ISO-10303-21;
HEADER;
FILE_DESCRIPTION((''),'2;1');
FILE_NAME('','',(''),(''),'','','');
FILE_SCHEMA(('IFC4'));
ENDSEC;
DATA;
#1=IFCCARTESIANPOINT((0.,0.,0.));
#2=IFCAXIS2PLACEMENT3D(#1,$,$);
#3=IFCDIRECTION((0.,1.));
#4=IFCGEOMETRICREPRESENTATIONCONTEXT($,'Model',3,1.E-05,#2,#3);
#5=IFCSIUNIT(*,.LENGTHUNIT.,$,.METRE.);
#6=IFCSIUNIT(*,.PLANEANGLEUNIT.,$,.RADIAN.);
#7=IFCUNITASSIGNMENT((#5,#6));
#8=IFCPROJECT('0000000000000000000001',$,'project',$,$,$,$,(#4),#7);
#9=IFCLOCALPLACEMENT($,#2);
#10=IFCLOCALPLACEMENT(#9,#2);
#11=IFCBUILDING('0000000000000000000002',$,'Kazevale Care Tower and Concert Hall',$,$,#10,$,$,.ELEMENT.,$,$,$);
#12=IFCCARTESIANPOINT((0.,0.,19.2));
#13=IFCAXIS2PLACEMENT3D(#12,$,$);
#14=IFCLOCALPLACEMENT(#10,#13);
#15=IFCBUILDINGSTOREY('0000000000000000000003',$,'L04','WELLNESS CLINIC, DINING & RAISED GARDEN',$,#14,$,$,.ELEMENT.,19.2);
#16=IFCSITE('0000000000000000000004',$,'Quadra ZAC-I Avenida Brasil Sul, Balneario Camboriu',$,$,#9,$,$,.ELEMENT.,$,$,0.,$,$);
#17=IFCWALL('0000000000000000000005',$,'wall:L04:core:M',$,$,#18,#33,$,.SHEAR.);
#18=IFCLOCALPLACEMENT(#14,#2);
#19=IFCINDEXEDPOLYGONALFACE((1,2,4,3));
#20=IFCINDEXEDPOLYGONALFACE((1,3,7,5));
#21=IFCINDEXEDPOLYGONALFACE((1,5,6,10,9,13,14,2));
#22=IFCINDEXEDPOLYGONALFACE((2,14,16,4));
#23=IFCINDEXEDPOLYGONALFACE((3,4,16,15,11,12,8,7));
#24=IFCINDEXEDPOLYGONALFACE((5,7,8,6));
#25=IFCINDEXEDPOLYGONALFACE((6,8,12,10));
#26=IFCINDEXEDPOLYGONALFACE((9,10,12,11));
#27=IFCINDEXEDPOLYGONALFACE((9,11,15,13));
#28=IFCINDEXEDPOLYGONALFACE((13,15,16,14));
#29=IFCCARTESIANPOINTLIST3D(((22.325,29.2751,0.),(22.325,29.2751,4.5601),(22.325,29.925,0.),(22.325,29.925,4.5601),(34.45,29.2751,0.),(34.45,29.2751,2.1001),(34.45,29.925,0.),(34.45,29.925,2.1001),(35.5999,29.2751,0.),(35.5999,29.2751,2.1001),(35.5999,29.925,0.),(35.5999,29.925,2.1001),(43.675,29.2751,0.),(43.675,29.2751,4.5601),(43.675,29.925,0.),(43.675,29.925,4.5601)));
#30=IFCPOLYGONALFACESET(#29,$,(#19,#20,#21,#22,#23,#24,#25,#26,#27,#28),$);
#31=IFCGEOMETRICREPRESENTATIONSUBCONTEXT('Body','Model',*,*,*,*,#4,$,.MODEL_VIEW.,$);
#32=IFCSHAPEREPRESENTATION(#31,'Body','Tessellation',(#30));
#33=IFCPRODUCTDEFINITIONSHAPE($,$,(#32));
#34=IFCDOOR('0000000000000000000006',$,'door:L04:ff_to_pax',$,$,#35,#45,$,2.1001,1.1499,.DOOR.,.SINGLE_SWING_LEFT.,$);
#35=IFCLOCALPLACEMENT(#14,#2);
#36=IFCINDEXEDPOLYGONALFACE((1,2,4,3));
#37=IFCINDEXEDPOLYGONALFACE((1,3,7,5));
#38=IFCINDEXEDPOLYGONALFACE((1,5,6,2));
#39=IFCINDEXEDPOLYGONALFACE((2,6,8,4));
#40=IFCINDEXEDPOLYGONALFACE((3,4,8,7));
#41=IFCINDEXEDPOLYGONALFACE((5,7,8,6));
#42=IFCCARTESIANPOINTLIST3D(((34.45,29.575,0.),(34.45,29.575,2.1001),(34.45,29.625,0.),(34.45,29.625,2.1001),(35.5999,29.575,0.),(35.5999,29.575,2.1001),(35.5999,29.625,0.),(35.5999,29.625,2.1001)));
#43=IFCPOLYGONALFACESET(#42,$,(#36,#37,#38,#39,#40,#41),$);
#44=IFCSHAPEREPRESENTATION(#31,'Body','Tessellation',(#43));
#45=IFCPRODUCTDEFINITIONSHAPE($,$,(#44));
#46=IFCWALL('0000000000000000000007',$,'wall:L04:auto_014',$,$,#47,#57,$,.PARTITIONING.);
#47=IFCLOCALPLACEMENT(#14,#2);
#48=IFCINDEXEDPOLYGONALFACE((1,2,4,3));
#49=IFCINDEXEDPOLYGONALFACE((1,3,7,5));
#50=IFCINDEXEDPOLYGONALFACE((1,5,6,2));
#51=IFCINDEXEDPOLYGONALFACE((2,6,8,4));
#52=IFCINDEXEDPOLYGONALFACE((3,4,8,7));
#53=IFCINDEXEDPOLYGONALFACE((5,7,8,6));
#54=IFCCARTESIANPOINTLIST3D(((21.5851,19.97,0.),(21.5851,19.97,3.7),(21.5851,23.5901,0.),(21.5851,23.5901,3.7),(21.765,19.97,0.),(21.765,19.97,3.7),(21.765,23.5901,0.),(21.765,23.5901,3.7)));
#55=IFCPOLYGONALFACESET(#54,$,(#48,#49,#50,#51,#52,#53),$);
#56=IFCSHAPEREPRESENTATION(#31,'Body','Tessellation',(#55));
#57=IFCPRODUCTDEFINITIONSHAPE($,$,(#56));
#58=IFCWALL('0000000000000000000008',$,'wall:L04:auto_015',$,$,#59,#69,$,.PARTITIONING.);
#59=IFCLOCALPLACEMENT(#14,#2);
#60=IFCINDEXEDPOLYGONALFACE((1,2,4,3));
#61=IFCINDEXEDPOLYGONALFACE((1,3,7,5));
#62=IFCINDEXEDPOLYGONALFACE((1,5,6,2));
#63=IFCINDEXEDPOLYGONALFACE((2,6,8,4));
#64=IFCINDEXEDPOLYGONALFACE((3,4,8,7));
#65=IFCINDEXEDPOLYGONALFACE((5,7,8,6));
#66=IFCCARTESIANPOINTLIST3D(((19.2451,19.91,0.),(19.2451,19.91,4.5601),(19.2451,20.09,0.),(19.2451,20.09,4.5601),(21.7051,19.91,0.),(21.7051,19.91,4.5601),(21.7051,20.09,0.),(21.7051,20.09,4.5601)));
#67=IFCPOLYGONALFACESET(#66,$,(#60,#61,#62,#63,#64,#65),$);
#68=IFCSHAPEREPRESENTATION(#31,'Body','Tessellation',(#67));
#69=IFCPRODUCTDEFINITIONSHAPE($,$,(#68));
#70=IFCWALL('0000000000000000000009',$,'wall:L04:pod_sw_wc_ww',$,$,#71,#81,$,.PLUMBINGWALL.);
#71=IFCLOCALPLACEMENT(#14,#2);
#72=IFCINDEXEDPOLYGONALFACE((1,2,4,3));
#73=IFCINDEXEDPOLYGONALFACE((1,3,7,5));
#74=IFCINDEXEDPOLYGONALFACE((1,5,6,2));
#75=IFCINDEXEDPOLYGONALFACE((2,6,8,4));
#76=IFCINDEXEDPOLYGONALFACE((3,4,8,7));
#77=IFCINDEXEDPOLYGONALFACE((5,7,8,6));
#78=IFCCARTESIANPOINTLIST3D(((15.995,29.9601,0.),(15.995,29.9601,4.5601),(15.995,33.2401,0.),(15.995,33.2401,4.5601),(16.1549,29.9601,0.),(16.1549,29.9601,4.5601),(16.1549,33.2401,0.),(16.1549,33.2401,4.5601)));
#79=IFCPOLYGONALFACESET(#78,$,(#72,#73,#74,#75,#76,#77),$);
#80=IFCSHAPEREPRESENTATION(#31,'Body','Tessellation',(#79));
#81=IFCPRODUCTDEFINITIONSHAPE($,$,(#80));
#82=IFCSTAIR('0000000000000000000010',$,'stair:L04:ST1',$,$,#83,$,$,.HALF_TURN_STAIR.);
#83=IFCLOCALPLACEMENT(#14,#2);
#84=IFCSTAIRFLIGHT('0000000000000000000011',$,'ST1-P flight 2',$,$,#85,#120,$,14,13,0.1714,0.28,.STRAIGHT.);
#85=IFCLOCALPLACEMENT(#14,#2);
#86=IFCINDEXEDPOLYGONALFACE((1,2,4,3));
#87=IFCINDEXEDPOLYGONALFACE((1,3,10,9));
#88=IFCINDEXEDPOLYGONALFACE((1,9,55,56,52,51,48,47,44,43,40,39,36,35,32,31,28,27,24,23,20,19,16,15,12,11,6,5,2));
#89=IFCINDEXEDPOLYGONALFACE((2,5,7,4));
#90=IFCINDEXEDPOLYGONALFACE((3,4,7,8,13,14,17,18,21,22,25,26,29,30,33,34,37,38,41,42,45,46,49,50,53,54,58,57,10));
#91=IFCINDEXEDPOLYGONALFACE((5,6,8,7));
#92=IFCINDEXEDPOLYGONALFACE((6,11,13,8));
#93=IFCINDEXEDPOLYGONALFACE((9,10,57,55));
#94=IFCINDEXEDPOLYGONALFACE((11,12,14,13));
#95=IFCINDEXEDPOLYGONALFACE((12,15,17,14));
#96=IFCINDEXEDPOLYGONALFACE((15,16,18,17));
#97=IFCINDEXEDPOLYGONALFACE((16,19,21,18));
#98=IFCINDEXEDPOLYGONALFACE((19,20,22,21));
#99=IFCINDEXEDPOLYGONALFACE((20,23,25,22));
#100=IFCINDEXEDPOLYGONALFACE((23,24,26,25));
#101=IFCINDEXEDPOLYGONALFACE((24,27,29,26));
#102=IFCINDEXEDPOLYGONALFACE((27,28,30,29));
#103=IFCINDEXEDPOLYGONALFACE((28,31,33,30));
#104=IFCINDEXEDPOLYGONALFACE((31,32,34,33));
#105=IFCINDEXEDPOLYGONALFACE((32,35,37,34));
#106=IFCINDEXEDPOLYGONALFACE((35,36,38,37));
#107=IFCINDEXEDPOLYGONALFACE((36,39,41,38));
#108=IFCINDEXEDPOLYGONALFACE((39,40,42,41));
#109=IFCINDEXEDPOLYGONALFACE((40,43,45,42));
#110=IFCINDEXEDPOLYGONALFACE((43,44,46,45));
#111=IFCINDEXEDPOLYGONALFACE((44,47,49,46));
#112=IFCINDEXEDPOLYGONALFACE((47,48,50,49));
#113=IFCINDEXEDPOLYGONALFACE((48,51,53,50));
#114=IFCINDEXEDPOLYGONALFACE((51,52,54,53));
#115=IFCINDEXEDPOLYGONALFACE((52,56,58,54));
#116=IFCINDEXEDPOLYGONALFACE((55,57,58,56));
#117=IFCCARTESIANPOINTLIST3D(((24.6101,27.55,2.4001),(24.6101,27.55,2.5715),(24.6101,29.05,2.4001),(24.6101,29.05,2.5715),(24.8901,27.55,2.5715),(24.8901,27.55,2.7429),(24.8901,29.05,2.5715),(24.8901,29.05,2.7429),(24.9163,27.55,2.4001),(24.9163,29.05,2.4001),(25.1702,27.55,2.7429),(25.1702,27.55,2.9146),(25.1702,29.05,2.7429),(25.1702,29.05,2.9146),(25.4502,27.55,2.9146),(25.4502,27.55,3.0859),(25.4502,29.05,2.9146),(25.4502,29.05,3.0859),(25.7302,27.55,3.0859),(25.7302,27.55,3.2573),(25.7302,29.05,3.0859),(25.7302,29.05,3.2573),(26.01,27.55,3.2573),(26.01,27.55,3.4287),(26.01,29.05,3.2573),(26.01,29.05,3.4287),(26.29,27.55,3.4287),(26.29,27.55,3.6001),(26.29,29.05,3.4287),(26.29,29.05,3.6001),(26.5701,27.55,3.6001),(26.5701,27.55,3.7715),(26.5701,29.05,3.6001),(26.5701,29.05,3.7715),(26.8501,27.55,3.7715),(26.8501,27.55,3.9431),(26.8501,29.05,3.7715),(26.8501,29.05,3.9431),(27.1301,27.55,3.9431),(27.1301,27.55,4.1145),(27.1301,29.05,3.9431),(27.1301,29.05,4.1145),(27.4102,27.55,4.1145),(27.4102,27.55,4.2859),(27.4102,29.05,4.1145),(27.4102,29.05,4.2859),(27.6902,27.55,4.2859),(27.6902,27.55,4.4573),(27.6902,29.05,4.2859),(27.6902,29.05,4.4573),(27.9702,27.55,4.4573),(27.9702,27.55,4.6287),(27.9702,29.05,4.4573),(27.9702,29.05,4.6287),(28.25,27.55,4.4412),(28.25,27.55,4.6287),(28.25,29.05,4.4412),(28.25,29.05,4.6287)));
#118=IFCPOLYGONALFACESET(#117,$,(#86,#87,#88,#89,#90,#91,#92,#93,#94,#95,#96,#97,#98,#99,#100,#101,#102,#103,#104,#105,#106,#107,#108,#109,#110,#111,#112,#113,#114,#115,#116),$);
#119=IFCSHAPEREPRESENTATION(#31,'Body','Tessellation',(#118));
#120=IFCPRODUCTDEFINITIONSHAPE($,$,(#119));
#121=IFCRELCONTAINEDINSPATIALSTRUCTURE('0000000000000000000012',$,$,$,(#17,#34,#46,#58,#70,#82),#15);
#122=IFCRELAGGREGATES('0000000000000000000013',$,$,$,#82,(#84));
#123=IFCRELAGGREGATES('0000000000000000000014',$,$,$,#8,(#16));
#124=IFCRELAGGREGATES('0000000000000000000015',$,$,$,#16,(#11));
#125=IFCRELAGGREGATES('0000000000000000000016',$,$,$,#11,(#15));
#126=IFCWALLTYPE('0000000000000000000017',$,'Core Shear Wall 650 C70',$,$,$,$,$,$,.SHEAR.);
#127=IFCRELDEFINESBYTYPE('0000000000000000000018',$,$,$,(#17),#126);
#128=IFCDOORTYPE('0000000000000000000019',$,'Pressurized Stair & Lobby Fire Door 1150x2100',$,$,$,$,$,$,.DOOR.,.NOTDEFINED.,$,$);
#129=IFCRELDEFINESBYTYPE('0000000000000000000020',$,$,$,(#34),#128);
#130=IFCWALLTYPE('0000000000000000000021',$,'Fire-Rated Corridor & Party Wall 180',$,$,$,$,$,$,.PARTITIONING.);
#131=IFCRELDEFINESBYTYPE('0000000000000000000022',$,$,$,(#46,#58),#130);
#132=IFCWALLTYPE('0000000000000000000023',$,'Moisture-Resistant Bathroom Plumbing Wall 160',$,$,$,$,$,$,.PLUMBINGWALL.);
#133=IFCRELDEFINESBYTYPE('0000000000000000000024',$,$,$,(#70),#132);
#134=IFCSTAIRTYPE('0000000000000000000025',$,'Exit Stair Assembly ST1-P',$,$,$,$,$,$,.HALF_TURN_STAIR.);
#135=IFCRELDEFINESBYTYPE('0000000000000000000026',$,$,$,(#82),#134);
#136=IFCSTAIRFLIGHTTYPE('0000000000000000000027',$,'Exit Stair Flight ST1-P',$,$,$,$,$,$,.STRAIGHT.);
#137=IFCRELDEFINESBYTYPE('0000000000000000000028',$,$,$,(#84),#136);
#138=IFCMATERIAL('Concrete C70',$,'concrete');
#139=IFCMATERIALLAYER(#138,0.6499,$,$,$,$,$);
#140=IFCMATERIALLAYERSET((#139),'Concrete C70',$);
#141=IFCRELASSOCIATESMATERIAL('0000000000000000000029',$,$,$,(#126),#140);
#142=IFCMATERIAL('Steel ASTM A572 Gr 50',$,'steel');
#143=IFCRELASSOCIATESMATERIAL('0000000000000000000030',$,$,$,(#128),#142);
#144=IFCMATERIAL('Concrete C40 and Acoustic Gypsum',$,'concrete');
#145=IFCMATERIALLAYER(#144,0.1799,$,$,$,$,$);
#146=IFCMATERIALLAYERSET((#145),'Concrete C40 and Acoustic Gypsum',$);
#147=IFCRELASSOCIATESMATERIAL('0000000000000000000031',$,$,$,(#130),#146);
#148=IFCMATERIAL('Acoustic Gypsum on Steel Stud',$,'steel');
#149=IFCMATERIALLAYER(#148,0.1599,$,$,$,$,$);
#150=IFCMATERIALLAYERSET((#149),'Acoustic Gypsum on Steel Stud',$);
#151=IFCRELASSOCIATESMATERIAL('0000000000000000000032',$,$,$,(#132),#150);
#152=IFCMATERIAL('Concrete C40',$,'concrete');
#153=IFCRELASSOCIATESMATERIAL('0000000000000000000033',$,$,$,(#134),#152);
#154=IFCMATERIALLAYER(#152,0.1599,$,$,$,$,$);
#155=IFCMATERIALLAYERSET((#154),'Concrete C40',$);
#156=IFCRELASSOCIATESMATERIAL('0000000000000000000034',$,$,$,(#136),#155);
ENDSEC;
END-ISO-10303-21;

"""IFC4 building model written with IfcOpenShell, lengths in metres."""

from ifc_helpers import new_model, si_unit, direction, frame, frame_2d, origin, place, context, subcontext, project, spatial, polyline, rectangle, outline, extrude, material, layer, layer_set, type_object, element, fill, aggregate, save


model = new_model("IFC4")

# Units and contexts
model_context = context("Model", 3, precision=1e-05, world=origin(), true_north=direction((0.0, 1.0)))
body_context = subcontext(model_context, "Body", "Model", "MODEL_VIEW")
ifc_project = project(units=[si_unit("LENGTHUNIT", "METRE"), si_unit("PLANEANGLEUNIT", "RADIAN")], contexts=[model_context])

# Site, building, storey
site_placement = place(None, origin())
site = spatial("IfcSite", under=ifc_project, at=site_placement, Name="Quadra ZAC-I Avenida Brasil Sul, Balneario Camboriu", CompositionType="ELEMENT", RefElevation=0.0)
building_placement = place(site_placement, origin())
building = spatial("IfcBuilding", under=site, at=building_placement, Name="Kazevale Care Tower and Concert Hall", CompositionType="ELEMENT")
storey_placement = place(building_placement, frame((0.0, 0.0, 19.2)))
storey = spatial("IfcBuildingStorey", under=building, at=storey_placement, Name="L04", Description="WELLNESS CLINIC, DINING & RAISED GARDEN", CompositionType="ELEMENT", Elevation=19.2)

# Shared definitions
ifc_material_1 = material(Name="Concrete C70", Category="concrete")

# Shared definitions
ifc_material_2 = material(Name="Steel ASTM A572 Gr 50", Category="steel")

# Shared definitions
ifc_material_3 = material(Name="Acoustic Gypsum on Steel Stud", Category="steel")

# Shared definitions
ifc_layer_1 = layer(ifc_material_1, 0.6499)
ifc_layer_set_1 = layer_set([ifc_layer_1], Name="Concrete C70")
wall_type_1 = type_object("IfcWallType", Name="Core Shear Wall 650 C70", PredefinedType="SHEAR", material=ifc_layer_set_1)

# Wall, opening, door
wall_1_placement = place(storey_placement, frame((22.325, 29.6001, 0.0), z_axis=(0.0, 0.0, 1.0), x_axis=(1.0, 0.0, 0.0)))
wall_1 = element("IfcWall", 1, at=wall_1_placement, inside=storey, type_object=wall_type_1, Name="wall:L04:core:M", PredefinedType="SHEAR", context=body_context, shape_type="SweptSolid", body=[
    extrude(rectangle(XDim=21.3501, YDim=0.6499, at=frame_2d((10.675, 0.0))), origin(), (0.0, 0.0, 1.0), 4.5601),
])
opening_1_placement = place(wall_1_placement, frame((12.125, 0.0, 0.0)))
opening_1 = element("IfcOpeningElement", 2, at=opening_1_placement, cuts=wall_1, PredefinedType="OPENING", context=body_context, shape_type="SweptSolid", body=[
    extrude(rectangle(XDim=1.1499, YDim=2.1001, at=frame_2d((0.575, 1.05))), frame((0.0, 0.335, 0.0), z_axis=(0.0, -1.0, 0.0), x_axis=(1.0, 0.0, 0.0)), (0.0, 0.0, 1.0), 0.6699),
])
door_type_1 = type_object("IfcDoorType", Name="Pressurized Stair & Lobby Fire Door 1150x2100", OperationType="NOTDEFINED", PredefinedType="DOOR", material=ifc_material_2)
door_1_placement = place(opening_1_placement, origin())
door_1 = element("IfcDoor", 3, at=door_1_placement, inside=storey, type_object=door_type_1, Name="door:L04:ff_to_pax", OperationType="SINGLE_SWING_LEFT", OverallHeight=2.1001, OverallWidth=1.1499, PredefinedType="DOOR", context=body_context, shape_type="SweptSolid", body=[
    extrude(rectangle(XDim=1.1499, YDim=2.1001, at=frame_2d((0.575, 1.05))), frame((0.0, 0.0249, 0.0), z_axis=(0.0, -1.0, 0.0), x_axis=(1.0, 0.0, 0.0)), (0.0, 0.0, 1.0), 0.05),
])
fill(opening_1, door_1)

# Walls
ifc_material_4 = material(Name="Concrete C40 and Acoustic Gypsum", Category="concrete")
ifc_layer_2 = layer(ifc_material_4, 0.1799)
ifc_layer_set_2 = layer_set([ifc_layer_2], Name="Concrete C40 and Acoustic Gypsum")
wall_type_2 = type_object("IfcWallType", Name="Fire-Rated Corridor & Party Wall 180", PredefinedType="PARTITIONING", material=ifc_layer_set_2)
wall_2_placement = place(storey_placement, frame((21.675, 23.5901, 0.0), z_axis=(0.0, 0.0, 1.0), x_axis=(0.0, -1.0, 0.0)))
element("IfcWall", 4, at=wall_2_placement, inside=storey, type_object=wall_type_2, Name="wall:L04:auto_014", PredefinedType="PARTITIONING", context=body_context, shape_type="SweptSolid", body=[
    extrude(rectangle(XDim=3.6201, YDim=0.1799, at=frame_2d((1.8101, 0.0))), origin(), (0.0, 0.0, 1.0), 3.7),
])
wall_3_placement = place(storey_placement, frame((21.7051, 20.0, 0.0), z_axis=(0.0, 0.0, 1.0), x_axis=(-1.0, 0.0, 0.0)))
element("IfcWall", 5, at=wall_3_placement, inside=storey, type_object=wall_type_2, Name="wall:L04:auto_015", PredefinedType="PARTITIONING", context=body_context, shape_type="SweptSolid", body=[
    extrude(rectangle(XDim=2.46, YDim=0.1799, at=frame_2d((1.23, 0.0))), origin(), (0.0, 0.0, 1.0), 4.5601),
])
ifc_layer_3 = layer(ifc_material_3, 0.1599)
ifc_layer_set_3 = layer_set([ifc_layer_3], Name="Acoustic Gypsum on Steel Stud")
wall_type_3 = type_object("IfcWallType", Name="Moisture-Resistant Bathroom Plumbing Wall 160", PredefinedType="PLUMBINGWALL", material=ifc_layer_set_3)
wall_4_placement = place(storey_placement, frame((16.075, 29.96, 0.0), z_axis=(0.0, 0.0, 1.0), x_axis=(0.0, 1.0, 0.0)))
element("IfcWall", 6, at=wall_4_placement, inside=storey, type_object=wall_type_3, Name="wall:L04:pod_sw_wc_ww", PredefinedType="PLUMBINGWALL", context=body_context, shape_type="SweptSolid", body=[
    extrude(rectangle(XDim=3.28, YDim=0.1599, at=frame_2d((1.6401, 0.0))), origin(), (0.0, 0.0, 1.0), 4.5601),
])

# Stair, stair flight
ifc_material_5 = material(Name="Concrete C40", Category="concrete")
stair_type = type_object("IfcStairType", Name="Exit Stair Assembly ST1-P", PredefinedType="HALF_TURN_STAIR", material=ifc_material_5)
stair_placement = place(storey_placement, origin())
stair = element("IfcStair", 7, at=stair_placement, inside=storey, type_object=stair_type, Name="stair:L04:ST1", PredefinedType="HALF_TURN_STAIR")
ifc_layer_4 = layer(ifc_material_5, 0.1599)
ifc_layer_set_4 = layer_set([ifc_layer_4], Name="Concrete C40")
stair_flight_type = type_object("IfcStairFlightType", Name="Exit Stair Flight ST1-P", PredefinedType="STRAIGHT", material=ifc_layer_set_4)
stair_flight_placement = place(storey_placement, frame((24.6101, 28.3, 2.4001), z_axis=(0.0, 0.0, 1.0), x_axis=(1.0, 0.0, 0.0)))
stair_flight = element("IfcStairFlight", 8, at=stair_flight_placement, type_object=stair_flight_type, Name="ST1-P flight 2", NumberOfRisers=14, NumberOfTreads=13, PredefinedType="STRAIGHT", RiserHeight=0.1714, TreadLength=0.28, context=body_context, shape_type="SweptSolid", body=[
    extrude(outline(polyline([(0.0, 0.0), (0.0, 0.1714), (0.28, 0.1714), (0.28, 0.3428), (0.5601, 0.3428), (0.5601, 0.5144), (0.8401, 0.5144), (0.8401, 0.6858), (1.1201, 0.6858), (1.1201, 0.8572), (1.3999, 0.8572), (1.3999, 1.0286), (1.6799, 1.0286), (1.6799, 1.2), (1.96, 1.2), (1.96, 1.3713), (2.24, 1.3713), (2.24, 1.543), (2.52, 1.543), (2.52, 1.7144), (2.8, 1.7144), (2.8, 1.8857), (3.0801, 1.8857), (3.0801, 2.0571), (3.3601, 2.0571), (3.3601, 2.2285), (3.6399, 2.2285), (3.6399, 2.3999), (3.6399, 2.041), (0.3062, 0.0), (0.0, 0.0)])), frame((0.0, 0.75, 0.0), z_axis=(0.0, -1.0, 0.0), x_axis=(1.0, 0.0, 0.0)), (0.0, 0.0, 1.0), 1.5),
])
aggregate(stair, [stair_flight])

save(model, "model.ifc")
